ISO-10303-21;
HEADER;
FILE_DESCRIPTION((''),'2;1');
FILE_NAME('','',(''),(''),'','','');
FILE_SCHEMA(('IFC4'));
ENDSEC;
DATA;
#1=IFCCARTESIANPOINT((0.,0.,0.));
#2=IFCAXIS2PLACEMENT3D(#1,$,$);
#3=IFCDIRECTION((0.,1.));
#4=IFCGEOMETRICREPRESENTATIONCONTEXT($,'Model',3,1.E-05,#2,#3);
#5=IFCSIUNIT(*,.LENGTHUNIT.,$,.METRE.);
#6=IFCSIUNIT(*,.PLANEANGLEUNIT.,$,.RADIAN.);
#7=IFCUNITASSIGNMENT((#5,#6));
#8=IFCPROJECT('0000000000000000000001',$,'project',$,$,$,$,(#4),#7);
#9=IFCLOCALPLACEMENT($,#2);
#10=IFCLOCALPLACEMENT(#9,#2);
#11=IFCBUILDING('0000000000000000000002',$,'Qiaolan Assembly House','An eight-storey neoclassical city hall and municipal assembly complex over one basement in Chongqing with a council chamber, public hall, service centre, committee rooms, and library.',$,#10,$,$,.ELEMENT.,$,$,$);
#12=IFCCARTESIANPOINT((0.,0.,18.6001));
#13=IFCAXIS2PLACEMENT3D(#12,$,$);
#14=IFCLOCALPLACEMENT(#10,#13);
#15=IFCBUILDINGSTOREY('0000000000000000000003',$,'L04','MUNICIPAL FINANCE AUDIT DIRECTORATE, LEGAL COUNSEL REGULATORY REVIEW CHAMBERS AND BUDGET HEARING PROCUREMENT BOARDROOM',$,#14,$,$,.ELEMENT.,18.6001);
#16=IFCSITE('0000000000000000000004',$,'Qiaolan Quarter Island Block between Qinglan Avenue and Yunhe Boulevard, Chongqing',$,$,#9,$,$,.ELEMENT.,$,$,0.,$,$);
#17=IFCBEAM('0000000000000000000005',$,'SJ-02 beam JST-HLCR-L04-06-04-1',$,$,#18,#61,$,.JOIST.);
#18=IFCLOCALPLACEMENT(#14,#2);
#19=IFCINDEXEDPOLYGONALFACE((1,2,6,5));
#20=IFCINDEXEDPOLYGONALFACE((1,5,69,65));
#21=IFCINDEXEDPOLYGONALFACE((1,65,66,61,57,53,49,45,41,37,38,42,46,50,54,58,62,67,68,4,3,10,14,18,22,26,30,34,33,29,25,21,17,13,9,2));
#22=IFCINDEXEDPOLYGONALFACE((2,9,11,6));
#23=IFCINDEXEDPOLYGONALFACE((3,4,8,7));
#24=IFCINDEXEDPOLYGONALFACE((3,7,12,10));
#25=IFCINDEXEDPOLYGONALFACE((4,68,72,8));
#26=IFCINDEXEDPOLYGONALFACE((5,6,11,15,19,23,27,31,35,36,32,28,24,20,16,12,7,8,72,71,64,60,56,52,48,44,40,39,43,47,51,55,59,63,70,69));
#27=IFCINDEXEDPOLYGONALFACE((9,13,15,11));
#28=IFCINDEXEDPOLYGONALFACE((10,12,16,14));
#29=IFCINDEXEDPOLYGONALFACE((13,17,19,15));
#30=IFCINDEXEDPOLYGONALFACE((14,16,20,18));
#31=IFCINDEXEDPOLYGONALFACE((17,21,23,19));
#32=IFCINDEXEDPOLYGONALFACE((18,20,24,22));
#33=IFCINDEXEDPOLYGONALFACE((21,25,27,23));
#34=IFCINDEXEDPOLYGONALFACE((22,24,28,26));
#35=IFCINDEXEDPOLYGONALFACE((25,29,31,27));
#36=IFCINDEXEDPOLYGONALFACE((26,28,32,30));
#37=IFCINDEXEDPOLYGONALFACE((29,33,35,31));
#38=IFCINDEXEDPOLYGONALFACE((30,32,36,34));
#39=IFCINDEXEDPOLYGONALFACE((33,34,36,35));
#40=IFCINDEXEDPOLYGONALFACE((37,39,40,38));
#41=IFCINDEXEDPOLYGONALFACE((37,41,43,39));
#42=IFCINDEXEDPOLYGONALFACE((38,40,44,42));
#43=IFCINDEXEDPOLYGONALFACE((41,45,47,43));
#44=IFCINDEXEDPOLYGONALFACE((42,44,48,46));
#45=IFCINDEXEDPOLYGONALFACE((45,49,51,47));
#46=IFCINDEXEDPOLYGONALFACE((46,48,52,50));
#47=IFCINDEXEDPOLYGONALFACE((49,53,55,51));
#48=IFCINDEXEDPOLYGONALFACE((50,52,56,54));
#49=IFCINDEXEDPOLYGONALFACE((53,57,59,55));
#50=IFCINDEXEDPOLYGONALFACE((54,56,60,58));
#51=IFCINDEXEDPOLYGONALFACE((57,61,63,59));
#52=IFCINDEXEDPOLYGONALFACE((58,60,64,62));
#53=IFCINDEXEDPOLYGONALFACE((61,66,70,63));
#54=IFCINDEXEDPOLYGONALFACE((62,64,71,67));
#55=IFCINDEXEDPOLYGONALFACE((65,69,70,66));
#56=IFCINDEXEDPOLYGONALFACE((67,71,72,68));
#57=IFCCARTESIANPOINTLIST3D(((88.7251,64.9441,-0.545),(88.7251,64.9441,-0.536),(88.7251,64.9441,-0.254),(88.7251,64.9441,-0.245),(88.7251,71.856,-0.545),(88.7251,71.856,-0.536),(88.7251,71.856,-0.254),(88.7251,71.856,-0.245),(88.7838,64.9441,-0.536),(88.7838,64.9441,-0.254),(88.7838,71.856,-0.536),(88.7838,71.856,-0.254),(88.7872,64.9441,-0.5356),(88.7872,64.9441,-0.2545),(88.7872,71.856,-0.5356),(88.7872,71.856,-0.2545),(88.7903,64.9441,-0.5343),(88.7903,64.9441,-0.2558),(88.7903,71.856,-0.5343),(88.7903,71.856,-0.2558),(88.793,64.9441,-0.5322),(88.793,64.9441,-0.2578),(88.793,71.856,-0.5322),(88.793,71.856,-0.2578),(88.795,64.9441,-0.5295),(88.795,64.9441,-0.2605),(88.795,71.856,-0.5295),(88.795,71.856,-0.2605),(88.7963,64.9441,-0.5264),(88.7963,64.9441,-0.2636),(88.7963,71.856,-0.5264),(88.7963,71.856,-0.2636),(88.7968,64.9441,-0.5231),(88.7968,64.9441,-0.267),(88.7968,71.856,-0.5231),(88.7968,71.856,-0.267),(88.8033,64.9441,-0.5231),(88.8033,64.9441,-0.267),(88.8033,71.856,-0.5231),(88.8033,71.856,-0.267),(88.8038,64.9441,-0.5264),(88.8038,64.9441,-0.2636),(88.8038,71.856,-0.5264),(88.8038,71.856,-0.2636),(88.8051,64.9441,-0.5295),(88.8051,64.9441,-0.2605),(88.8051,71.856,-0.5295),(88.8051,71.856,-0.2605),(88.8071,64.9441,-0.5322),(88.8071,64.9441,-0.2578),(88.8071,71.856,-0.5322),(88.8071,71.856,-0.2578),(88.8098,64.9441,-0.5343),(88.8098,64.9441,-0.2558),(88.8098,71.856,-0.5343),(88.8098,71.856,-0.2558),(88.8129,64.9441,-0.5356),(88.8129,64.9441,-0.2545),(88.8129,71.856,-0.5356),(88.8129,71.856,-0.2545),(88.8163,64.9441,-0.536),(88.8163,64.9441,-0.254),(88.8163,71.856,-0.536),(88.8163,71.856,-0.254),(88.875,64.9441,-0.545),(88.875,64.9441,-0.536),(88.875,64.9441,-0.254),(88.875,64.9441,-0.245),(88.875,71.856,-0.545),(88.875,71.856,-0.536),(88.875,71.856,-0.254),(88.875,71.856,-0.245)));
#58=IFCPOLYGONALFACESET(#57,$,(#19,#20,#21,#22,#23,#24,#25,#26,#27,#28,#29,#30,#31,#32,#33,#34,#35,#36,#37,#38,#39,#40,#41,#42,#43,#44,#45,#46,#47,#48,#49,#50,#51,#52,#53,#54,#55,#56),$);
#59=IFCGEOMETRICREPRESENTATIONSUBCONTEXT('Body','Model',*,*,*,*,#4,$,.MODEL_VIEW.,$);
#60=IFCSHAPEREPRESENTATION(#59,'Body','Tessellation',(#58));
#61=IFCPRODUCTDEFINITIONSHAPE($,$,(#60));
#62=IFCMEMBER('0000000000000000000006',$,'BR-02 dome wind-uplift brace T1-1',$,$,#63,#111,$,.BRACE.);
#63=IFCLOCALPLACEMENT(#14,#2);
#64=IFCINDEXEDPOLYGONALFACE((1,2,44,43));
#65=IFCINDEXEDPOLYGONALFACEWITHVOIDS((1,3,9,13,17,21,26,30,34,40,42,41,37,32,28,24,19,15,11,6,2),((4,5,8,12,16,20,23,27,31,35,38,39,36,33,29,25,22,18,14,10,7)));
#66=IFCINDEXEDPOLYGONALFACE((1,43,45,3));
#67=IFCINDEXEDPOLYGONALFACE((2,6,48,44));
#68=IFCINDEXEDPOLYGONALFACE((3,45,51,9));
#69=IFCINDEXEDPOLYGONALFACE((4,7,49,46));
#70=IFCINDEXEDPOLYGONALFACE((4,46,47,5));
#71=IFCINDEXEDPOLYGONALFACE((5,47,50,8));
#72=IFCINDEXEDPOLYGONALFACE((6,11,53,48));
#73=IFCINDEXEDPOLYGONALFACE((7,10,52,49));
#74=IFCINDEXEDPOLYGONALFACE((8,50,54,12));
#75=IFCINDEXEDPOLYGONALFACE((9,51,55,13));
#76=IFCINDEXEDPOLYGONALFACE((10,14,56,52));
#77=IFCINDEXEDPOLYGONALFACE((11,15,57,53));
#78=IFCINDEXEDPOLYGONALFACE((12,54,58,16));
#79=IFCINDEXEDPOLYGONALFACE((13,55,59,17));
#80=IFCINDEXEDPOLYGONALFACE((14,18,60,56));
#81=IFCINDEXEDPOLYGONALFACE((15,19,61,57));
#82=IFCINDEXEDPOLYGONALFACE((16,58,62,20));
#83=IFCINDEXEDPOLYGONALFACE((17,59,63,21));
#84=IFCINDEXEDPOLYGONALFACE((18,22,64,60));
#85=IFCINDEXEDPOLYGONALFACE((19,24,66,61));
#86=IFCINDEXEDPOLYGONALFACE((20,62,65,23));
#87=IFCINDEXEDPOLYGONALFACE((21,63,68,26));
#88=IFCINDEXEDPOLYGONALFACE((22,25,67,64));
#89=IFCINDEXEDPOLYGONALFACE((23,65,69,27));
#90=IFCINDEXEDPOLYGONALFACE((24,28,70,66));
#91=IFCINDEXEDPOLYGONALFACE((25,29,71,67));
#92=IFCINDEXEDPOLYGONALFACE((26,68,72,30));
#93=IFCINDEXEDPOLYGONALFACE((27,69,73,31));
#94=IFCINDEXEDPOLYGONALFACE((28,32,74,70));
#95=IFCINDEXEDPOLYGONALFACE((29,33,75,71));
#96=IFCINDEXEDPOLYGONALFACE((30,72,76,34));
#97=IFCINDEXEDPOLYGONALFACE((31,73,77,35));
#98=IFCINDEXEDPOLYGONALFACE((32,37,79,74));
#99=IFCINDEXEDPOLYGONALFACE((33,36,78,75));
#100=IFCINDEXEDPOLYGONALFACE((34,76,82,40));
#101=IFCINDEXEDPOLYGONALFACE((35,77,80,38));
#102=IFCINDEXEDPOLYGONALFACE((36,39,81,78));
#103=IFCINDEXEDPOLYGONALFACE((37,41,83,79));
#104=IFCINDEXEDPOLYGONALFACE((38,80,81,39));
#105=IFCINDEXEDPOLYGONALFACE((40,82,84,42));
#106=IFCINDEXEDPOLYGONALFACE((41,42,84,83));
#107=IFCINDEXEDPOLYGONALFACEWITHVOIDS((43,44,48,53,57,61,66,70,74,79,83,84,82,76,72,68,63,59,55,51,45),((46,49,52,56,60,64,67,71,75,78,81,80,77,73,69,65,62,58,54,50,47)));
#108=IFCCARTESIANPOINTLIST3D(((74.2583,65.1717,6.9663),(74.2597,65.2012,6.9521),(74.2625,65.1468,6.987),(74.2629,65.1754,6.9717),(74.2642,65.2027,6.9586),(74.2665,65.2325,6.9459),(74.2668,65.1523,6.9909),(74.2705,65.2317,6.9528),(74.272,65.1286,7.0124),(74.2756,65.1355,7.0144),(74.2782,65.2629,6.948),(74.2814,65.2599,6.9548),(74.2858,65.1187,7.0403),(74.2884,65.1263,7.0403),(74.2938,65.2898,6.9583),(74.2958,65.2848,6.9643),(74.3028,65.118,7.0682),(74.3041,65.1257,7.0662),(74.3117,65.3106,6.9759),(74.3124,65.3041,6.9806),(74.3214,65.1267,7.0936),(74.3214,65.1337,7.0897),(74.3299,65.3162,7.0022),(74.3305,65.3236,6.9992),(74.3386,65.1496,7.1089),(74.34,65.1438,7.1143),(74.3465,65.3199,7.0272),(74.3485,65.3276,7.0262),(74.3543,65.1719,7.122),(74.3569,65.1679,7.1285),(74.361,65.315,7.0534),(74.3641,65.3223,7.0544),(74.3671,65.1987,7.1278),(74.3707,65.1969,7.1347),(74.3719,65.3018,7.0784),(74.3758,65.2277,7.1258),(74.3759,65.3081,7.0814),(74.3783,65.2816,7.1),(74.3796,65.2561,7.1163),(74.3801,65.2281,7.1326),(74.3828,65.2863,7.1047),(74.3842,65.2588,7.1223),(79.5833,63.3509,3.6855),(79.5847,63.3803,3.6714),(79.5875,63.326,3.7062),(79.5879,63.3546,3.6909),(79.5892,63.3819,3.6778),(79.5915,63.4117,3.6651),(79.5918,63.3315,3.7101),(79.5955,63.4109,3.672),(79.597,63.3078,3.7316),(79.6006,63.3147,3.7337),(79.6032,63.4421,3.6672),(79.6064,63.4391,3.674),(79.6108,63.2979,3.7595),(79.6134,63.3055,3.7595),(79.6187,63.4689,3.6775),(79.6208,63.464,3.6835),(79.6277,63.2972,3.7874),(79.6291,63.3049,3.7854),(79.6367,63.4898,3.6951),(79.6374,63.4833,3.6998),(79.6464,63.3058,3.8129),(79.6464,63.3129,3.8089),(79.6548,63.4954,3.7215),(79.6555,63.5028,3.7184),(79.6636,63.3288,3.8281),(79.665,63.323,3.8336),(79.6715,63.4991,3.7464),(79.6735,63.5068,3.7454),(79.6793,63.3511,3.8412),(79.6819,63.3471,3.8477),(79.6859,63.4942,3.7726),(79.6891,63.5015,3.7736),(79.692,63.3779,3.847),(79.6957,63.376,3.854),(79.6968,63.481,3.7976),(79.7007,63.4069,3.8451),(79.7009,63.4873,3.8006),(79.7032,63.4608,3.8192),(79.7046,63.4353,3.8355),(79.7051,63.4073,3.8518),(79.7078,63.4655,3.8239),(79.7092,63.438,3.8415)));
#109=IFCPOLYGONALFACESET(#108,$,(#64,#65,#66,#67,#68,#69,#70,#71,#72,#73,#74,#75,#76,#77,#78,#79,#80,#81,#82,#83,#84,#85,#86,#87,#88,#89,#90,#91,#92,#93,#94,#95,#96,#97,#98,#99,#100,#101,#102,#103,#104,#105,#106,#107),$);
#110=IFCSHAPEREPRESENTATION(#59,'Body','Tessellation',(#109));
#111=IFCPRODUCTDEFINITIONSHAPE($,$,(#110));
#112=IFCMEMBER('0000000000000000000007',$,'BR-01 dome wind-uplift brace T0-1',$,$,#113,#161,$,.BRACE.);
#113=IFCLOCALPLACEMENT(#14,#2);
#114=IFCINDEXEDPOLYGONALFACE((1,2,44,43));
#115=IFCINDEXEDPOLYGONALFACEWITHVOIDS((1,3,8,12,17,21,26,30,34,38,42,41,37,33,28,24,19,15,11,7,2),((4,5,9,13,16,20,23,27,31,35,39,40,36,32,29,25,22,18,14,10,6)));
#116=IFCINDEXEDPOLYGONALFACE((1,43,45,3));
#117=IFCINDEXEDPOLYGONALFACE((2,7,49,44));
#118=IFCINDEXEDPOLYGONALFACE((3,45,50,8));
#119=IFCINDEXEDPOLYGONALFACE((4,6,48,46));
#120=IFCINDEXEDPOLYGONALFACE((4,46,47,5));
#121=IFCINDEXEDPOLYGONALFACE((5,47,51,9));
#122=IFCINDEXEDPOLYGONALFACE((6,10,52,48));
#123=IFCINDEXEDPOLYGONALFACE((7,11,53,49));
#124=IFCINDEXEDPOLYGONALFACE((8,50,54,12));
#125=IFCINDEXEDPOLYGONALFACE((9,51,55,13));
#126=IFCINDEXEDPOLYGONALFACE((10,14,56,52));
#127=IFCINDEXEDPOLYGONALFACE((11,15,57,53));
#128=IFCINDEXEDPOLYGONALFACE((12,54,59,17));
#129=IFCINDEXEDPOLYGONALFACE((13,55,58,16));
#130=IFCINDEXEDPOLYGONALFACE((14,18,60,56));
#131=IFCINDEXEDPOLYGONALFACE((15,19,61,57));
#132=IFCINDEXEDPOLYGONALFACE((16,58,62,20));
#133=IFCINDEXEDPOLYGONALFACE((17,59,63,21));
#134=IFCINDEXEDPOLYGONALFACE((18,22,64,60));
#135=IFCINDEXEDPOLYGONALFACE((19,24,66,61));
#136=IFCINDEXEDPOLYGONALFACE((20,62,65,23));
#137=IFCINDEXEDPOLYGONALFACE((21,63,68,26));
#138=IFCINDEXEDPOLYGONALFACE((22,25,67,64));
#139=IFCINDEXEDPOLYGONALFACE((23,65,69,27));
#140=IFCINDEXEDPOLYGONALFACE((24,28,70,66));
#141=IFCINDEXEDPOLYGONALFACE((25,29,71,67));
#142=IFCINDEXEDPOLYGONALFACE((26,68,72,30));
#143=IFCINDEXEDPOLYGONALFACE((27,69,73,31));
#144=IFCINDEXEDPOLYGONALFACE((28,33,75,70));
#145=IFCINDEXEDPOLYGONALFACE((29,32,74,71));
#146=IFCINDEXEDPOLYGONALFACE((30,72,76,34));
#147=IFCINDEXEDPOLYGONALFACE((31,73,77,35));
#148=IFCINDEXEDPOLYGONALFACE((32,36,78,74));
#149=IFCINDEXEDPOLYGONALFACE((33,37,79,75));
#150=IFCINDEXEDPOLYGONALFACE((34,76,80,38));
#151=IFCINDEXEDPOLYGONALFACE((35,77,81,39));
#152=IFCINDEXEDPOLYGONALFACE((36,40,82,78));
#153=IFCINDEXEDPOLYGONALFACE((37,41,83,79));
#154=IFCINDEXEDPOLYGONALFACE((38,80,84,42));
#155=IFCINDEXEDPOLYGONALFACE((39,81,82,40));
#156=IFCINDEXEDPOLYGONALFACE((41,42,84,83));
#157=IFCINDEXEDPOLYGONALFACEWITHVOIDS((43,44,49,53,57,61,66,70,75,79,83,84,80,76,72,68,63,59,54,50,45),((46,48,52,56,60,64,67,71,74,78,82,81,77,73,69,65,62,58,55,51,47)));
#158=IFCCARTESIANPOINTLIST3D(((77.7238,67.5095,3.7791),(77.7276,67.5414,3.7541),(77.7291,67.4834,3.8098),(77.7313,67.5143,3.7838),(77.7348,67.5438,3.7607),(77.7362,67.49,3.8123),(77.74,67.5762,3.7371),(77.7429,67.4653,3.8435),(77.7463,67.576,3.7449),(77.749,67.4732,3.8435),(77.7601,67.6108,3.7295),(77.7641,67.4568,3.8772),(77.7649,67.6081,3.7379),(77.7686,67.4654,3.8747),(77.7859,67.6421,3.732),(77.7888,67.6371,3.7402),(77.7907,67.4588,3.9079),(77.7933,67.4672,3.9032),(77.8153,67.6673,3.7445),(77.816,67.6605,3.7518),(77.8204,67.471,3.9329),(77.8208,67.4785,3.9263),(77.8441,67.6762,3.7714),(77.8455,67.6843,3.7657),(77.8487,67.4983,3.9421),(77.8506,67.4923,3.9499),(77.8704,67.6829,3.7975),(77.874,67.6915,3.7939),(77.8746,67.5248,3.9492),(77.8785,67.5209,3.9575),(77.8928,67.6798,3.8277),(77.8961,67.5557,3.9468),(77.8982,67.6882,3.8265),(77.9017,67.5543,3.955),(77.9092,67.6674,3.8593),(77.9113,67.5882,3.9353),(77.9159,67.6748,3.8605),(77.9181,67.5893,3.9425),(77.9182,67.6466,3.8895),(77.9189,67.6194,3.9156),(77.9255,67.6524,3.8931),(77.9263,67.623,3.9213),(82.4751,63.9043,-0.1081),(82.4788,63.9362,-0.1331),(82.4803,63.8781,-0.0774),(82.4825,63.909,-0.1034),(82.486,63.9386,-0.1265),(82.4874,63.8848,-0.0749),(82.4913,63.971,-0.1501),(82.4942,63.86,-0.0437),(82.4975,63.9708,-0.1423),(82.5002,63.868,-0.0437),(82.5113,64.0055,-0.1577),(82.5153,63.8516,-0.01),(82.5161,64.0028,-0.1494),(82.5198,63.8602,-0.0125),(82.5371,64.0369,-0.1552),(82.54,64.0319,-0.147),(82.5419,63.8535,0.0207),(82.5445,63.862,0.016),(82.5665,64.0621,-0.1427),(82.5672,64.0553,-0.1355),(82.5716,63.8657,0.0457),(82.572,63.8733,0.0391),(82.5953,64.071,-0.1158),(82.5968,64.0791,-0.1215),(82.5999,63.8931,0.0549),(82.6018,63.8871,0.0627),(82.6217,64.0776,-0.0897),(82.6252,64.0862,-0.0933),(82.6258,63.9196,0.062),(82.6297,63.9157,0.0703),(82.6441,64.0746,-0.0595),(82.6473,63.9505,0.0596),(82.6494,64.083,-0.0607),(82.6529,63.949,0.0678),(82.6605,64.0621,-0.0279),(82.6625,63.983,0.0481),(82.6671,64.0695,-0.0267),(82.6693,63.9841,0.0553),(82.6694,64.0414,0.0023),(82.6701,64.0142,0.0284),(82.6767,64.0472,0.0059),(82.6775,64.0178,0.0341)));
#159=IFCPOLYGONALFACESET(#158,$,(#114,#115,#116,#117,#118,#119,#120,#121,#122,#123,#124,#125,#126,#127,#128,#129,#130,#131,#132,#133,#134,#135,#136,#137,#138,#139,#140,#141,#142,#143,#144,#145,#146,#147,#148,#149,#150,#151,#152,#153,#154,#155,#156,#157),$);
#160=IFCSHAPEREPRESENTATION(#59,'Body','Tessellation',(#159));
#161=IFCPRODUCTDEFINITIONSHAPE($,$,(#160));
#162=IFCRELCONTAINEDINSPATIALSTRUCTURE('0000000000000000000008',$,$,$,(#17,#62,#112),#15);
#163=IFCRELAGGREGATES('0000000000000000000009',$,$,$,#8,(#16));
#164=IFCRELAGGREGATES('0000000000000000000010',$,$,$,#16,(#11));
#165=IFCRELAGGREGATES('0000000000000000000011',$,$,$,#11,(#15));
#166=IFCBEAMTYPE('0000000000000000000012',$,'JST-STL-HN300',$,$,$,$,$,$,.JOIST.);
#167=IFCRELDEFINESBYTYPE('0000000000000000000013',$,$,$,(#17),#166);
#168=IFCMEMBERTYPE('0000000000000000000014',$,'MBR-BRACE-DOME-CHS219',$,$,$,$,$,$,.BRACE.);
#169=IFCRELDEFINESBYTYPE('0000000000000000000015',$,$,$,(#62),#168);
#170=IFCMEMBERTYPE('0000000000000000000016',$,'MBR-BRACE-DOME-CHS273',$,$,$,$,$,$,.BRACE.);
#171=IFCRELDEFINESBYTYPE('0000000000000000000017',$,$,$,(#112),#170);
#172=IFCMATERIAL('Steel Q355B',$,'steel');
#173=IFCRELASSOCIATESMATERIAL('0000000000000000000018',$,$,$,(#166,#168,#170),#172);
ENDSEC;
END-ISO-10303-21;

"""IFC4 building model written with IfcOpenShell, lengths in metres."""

from ifc_helpers import new_model, si_unit, direction, frame, origin, origin_2d, place, context, subcontext, project, spatial, hollow_circle, i_section, extrude, material, material_profile, profile_set, type_object, element, save


model = new_model("IFC4")

# Units and contexts
model_context = context("Model", 3, precision=1e-05, world=origin(), true_north=direction((0.0, 1.0)))
body_context = subcontext(model_context, "Body", "Model", "MODEL_VIEW")
ifc_project = project(units=[si_unit("LENGTHUNIT", "METRE"), si_unit("PLANEANGLEUNIT", "RADIAN")], contexts=[model_context])

# Site, building, storey
site_placement = place(None, origin())
site = spatial("IfcSite", under=ifc_project, at=site_placement, Name="Qiaolan Quarter Island Block between Qinglan Avenue and Yunhe Boulevard, Chongqing", CompositionType="ELEMENT", RefElevation=0.0)
building_placement = place(site_placement, origin())
building = spatial("IfcBuilding", under=site, at=building_placement, Name="Qiaolan Assembly House", Description="An eight-storey neoclassical city hall and municipal assembly complex over one basement in Chongqing with a council chamber, public hall, service centre, committee rooms, and library.", CompositionType="ELEMENT")
storey_placement = place(building_placement, frame((0.0, 0.0, 18.6001)))
storey = spatial("IfcBuildingStorey", under=building, at=storey_placement, Name="L04", Description="MUNICIPAL FINANCE AUDIT DIRECTORATE, LEGAL COUNSEL REGULATORY REVIEW CHAMBERS AND BUDGET HEARING PROCUREMENT BOARDROOM", CompositionType="ELEMENT", Elevation=18.6001)

# Beam
ifc_material_1 = material(Name="Steel Q355B", Category="steel")
ifc_material_profile_1 = material_profile(ifc_material_1, i_section(OverallWidth=0.1499, OverallDepth=0.3, WebThickness=0.0066, FlangeThickness=0.009, FilletRadius=0.0129, at=origin_2d()), Name="HN 300x150x6.5x9")
ifc_profile_set_1 = profile_set([ifc_material_profile_1], Name="Steel Q355B")
beam_type_1 = type_object("IfcBeamType", Name="JST-STL-HN300", PredefinedType="JOIST", material=ifc_profile_set_1)
beam_1_placement = place(storey_placement, frame((88.8, 64.9441, -0.395), z_axis=(0.0, 1.0, 0.0), x_axis=(-1.0, 0.0, 0.0)))
element("IfcBeam", 1, at=beam_1_placement, inside=storey, type_object=beam_type_1, Name="SJ-02 beam JST-HLCR-L04-06-04-1", PredefinedType="JOIST", context=body_context, shape_type="SweptSolid", body=[
    extrude(i_section(OverallWidth=0.1499, OverallDepth=0.3, WebThickness=0.0066, FlangeThickness=0.009, FilletRadius=0.0129, at=origin_2d()), origin(), (0.0, 0.0, 1.0), 6.9119),
])

# Members
ifc_material_profile_2 = material_profile(ifc_material_1, hollow_circle(Radius=0.1096, WallThickness=0.0081, at=origin_2d()), Name="CHS 219.1x8")
ifc_profile_set_2 = profile_set([ifc_material_profile_2], Name="Steel Q355B")
member_type_1 = type_object("IfcMemberType", Name="MBR-BRACE-DOME-CHS219", PredefinedType="BRACE", material=ifc_profile_set_2)
member_1_placement = place(storey_placement, frame((79.6462, 63.4016, 3.7595), z_axis=(-0.817447, 0.279516, 0.503638), x_axis=(-0.323546, -0.946213, 0.0)))
element("IfcMember", 2, at=member_1_placement, inside=storey, type_object=member_type_1, Name="BR-02 dome wind-uplift brace T1-1", PredefinedType="BRACE", context=body_context, shape_type="SweptSolid", body=[
    extrude(hollow_circle(Radius=0.1096, WallThickness=0.0081, at=origin_2d()), origin(), (0.0, 0.0, 1.0), 6.5142),
])
ifc_material_profile_3 = material_profile(ifc_material_1, hollow_circle(Radius=0.1365, WallThickness=0.01, at=origin_2d()), Name="CHS 273x10")
ifc_profile_set_3 = profile_set([ifc_material_profile_3], Name="Steel Q355B")
member_type_2 = type_object("IfcMemberType", Name="MBR-BRACE-DOME-CHS273", PredefinedType="BRACE", material=ifc_profile_set_3)
for number, where, z_axis, x_axis, name in (
    (3, (82.5767, 63.9688, -0.0437), (-0.667387, 0.506413, 0.546022), (-0.604477, -0.796623, 0.0), "BR-01 dome wind-uplift brace T0-1"),
):
    element("IfcMember", number, at=place(storey_placement, frame(where, z_axis=z_axis, x_axis=x_axis)), inside=storey, type_object=member_type_2, Name=name, PredefinedType="BRACE", context=body_context, shape_type="SweptSolid", body=[
        extrude(hollow_circle(Radius=0.1365, WallThickness=0.01, at=origin_2d()), origin(), (0.0, 0.0, 1.0), 7.1191),
    ])

save(model, "model.ifc")
